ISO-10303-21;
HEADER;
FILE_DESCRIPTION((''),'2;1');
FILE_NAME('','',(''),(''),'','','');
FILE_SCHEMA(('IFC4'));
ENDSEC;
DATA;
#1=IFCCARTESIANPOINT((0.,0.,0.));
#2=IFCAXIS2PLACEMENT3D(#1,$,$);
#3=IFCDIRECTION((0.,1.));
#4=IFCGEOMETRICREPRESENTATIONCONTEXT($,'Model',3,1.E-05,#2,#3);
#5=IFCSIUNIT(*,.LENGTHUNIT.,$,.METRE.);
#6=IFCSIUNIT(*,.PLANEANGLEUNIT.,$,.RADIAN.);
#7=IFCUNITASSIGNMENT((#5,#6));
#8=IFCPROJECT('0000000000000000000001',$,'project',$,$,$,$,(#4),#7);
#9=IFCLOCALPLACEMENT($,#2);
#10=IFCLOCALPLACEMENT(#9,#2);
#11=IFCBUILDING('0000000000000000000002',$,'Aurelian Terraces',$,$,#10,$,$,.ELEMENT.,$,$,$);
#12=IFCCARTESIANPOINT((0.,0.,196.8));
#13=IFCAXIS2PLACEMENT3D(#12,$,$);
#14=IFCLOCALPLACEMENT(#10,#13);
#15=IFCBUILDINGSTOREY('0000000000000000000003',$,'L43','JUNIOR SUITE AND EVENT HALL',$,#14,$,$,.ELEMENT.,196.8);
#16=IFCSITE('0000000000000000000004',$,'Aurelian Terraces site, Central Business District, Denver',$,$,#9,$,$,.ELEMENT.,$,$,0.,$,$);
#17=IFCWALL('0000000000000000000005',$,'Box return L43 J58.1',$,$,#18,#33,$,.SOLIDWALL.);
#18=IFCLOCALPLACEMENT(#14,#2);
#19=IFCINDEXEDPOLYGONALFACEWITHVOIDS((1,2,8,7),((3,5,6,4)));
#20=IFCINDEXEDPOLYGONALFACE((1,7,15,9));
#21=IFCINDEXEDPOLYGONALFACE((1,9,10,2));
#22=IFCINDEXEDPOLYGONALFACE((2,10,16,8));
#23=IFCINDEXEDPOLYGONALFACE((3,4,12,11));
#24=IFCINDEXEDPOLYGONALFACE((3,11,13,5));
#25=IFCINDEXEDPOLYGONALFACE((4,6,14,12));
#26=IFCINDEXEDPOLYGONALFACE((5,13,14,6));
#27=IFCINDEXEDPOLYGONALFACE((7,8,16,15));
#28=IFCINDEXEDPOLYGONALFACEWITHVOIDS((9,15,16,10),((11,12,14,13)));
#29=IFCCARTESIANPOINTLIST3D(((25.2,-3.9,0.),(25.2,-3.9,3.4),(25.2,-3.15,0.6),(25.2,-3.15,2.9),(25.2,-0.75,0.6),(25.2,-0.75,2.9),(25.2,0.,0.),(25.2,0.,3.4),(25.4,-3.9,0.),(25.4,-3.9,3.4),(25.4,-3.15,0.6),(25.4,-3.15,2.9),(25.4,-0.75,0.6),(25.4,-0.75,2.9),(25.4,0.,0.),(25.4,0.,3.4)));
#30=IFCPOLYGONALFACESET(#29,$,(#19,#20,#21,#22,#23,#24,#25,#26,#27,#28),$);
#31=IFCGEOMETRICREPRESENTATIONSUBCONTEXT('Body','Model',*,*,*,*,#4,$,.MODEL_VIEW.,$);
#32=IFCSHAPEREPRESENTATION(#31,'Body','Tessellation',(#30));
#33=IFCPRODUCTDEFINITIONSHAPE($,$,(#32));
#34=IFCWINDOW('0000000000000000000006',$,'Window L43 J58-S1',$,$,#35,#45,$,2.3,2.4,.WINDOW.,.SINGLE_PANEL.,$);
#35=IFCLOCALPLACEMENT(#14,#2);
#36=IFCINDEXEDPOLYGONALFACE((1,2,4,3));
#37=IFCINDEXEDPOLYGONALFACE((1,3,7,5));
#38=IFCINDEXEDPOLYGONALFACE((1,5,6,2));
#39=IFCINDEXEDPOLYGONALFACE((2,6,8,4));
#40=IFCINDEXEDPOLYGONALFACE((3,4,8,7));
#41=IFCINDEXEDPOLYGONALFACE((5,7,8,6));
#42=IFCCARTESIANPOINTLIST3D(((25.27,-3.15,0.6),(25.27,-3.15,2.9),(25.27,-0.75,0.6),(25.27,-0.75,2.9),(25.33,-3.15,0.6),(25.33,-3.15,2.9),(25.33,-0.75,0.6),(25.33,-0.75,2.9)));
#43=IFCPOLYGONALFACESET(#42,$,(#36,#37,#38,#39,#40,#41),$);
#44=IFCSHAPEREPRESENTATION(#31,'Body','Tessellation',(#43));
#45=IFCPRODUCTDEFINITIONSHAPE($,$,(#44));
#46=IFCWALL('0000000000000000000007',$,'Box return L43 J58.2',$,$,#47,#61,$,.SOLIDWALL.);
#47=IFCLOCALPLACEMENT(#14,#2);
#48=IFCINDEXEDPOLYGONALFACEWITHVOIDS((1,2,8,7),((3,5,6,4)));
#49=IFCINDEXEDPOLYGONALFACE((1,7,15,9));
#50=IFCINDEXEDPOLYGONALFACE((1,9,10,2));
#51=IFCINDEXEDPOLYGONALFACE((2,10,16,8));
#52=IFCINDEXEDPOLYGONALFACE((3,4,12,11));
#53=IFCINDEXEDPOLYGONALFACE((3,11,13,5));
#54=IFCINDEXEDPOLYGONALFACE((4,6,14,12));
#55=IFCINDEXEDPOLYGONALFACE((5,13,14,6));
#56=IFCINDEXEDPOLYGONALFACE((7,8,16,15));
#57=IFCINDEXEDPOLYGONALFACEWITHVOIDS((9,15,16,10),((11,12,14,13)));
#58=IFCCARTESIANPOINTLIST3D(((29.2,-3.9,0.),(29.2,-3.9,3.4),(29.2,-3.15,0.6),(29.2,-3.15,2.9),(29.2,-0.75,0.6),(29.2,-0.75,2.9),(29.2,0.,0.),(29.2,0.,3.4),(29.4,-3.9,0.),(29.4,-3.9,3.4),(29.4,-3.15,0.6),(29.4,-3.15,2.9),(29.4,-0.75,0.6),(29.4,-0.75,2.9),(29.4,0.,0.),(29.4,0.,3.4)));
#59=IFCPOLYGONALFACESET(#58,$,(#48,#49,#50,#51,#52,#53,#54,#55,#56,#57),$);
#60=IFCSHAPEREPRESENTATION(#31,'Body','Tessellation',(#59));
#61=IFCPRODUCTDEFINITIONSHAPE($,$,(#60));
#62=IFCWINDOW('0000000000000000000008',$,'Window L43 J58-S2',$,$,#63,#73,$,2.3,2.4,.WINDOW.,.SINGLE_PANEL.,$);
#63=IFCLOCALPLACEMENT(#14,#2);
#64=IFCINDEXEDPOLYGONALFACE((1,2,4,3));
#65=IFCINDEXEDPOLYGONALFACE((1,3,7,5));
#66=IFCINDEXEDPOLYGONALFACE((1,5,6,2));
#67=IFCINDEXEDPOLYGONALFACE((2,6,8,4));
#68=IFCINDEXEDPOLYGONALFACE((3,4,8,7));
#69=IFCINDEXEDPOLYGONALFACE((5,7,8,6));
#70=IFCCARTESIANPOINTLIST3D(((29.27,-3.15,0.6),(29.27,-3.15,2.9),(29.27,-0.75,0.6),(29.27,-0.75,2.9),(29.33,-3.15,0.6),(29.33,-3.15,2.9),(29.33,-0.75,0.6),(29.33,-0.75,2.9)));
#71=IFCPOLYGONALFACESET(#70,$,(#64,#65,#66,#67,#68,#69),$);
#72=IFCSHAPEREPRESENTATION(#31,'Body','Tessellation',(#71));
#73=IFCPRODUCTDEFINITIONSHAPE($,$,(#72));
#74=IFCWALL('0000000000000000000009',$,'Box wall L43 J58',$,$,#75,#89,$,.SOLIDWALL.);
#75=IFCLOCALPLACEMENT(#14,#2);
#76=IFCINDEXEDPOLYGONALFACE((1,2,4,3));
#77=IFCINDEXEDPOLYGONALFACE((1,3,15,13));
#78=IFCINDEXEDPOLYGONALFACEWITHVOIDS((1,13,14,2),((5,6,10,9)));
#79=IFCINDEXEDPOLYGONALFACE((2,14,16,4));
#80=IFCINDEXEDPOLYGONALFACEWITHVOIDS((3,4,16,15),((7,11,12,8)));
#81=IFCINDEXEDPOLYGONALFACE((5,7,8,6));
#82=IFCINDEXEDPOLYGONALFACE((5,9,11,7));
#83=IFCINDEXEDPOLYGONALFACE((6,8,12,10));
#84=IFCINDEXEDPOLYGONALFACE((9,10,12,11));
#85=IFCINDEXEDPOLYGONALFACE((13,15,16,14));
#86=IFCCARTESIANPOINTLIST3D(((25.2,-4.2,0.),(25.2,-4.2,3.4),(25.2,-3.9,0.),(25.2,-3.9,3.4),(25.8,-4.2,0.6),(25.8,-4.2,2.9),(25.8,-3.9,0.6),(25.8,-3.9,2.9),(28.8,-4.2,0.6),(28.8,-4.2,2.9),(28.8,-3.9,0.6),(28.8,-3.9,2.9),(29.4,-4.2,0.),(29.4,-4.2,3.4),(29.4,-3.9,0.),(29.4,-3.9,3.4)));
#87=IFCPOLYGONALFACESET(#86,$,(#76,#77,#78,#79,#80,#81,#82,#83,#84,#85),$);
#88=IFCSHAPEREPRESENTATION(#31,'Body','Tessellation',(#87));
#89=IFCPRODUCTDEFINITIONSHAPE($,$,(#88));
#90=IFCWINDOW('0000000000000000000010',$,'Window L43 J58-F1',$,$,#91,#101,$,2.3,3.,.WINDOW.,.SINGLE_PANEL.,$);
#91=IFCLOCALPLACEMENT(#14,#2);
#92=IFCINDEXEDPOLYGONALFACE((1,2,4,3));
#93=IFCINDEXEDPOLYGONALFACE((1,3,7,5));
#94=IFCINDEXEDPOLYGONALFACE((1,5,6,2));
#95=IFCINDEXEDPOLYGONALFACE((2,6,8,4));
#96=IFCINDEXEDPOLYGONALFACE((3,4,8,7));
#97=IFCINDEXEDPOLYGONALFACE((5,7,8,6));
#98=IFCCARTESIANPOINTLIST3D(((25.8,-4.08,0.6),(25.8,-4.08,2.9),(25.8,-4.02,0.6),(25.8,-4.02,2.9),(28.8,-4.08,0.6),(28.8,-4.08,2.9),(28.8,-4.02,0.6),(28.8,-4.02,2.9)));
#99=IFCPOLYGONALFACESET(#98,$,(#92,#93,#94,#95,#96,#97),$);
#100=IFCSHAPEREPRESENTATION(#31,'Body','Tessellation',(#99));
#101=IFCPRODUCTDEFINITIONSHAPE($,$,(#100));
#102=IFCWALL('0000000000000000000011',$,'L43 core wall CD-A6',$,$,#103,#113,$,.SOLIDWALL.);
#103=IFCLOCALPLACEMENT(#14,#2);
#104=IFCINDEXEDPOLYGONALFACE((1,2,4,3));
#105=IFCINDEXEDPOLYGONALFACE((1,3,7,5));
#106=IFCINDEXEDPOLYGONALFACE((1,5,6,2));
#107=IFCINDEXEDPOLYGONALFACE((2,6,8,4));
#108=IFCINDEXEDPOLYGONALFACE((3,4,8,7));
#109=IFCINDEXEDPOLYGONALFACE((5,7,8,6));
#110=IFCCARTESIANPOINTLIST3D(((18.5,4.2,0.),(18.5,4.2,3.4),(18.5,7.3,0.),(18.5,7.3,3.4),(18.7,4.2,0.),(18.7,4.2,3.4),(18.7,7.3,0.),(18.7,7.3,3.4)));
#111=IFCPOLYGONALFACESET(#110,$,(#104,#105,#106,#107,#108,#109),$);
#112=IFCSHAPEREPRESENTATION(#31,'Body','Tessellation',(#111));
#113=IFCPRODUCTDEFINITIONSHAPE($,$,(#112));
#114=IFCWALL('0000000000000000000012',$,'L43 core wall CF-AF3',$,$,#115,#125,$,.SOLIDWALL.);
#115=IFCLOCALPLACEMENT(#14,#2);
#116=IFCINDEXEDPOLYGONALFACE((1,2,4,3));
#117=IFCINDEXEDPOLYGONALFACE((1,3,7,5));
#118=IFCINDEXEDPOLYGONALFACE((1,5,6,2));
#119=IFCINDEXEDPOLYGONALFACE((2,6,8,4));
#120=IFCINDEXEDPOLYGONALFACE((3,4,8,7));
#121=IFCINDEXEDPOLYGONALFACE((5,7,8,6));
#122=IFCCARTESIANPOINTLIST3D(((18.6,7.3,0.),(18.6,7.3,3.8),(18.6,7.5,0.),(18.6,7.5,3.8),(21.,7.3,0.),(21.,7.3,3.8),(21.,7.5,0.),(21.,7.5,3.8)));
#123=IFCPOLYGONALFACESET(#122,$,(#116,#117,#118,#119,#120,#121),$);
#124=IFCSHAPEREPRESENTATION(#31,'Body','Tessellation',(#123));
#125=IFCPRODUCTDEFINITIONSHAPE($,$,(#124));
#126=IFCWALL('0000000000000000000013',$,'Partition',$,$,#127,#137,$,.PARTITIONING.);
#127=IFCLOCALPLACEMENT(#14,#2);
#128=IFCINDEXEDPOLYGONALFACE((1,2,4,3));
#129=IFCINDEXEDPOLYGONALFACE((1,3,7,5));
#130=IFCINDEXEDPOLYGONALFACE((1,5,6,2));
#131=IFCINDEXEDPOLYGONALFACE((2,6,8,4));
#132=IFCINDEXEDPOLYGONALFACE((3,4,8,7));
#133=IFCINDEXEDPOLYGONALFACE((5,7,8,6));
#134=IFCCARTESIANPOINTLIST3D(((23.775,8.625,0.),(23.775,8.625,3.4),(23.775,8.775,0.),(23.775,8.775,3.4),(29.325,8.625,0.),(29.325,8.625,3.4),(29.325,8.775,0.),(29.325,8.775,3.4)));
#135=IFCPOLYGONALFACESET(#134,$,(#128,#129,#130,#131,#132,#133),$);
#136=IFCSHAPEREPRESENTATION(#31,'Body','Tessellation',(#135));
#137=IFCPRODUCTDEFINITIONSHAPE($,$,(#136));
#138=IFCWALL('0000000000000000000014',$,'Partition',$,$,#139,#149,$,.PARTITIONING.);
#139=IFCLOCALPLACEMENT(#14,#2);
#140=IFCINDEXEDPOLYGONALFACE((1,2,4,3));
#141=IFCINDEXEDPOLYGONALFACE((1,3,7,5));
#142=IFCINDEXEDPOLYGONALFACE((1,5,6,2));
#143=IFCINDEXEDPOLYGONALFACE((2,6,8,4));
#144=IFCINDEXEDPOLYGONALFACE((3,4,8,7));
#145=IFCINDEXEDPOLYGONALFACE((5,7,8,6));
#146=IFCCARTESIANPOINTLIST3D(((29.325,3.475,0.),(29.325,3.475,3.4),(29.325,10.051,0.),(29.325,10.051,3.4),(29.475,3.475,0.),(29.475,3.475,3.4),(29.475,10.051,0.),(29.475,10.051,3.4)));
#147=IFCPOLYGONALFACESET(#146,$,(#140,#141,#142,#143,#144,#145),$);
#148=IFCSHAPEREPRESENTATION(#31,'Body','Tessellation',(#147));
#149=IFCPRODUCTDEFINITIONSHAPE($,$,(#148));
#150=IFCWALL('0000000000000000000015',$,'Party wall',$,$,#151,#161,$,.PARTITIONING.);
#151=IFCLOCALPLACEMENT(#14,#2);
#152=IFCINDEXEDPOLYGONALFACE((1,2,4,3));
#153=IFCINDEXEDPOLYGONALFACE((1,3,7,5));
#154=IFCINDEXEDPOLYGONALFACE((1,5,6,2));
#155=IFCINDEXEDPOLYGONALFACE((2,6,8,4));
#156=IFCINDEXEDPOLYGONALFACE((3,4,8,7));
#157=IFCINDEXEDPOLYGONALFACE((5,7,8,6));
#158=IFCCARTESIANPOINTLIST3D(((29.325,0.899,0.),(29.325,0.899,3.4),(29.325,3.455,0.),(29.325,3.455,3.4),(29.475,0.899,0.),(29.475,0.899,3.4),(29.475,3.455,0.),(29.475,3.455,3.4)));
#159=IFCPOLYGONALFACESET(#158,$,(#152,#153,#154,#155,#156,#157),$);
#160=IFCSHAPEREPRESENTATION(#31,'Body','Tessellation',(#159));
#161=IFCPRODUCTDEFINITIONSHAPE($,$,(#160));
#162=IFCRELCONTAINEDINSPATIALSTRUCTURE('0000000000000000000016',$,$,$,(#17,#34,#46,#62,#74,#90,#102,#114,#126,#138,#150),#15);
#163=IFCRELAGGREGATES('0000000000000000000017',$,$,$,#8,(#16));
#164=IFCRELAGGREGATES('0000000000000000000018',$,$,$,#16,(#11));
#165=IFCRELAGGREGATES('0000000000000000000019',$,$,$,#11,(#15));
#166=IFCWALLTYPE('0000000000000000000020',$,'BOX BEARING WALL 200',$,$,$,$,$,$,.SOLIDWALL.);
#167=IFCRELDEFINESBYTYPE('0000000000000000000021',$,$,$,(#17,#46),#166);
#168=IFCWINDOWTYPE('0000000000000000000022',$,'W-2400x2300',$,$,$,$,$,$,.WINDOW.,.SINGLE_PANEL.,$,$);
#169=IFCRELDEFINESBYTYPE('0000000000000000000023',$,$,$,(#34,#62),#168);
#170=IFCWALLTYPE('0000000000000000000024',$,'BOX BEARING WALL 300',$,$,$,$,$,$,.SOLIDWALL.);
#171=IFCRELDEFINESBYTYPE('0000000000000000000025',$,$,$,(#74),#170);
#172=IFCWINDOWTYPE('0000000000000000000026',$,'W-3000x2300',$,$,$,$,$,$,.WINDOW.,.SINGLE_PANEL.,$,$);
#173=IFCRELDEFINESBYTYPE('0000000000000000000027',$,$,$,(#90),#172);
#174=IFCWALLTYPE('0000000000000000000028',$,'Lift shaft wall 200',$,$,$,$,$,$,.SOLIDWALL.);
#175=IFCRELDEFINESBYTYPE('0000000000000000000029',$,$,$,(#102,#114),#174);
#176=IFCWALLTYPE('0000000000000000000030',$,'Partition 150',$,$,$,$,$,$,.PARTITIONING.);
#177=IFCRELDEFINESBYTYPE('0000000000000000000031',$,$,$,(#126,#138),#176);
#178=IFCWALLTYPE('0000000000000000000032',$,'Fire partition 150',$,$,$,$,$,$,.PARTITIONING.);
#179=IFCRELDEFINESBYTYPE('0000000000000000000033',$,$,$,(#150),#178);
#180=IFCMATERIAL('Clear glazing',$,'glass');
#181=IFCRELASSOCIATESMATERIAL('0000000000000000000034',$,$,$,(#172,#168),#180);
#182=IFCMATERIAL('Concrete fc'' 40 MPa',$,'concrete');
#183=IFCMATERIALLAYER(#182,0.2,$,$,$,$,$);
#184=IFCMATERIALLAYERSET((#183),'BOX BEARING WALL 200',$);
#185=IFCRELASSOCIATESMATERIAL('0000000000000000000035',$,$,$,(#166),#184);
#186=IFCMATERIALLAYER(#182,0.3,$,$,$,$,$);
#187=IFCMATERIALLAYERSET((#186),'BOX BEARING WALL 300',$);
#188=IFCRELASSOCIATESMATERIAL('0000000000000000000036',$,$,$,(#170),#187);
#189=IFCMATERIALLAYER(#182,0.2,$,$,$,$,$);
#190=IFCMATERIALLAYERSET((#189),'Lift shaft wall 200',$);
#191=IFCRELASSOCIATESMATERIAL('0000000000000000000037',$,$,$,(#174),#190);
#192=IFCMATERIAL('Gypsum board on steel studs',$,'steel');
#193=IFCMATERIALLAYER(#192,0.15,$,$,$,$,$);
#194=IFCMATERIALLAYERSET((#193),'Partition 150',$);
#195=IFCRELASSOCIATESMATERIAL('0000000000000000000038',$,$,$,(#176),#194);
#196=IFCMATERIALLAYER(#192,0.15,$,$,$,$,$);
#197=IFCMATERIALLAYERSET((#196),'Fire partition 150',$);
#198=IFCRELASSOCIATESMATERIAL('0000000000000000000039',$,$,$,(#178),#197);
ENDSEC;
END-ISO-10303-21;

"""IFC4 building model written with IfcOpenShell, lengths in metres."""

from ifc_helpers import new_model, si_unit, direction, frame, frame_2d, origin, place, context, subcontext, project, spatial, rectangle, extrude, source, transform, mapped, material, layer, layer_set, type_object, element, fill, save


model = new_model("IFC4")

# Units and contexts
model_context = context("Model", 3, precision=1e-05, world=origin(), true_north=direction((0.0, 1.0)))
body_context = subcontext(model_context, "Body", "Model", "MODEL_VIEW")
ifc_project = project(units=[si_unit("LENGTHUNIT", "METRE"), si_unit("PLANEANGLEUNIT", "RADIAN")], contexts=[model_context])

# Site, building, storey
site_placement = place(None, origin())
site = spatial("IfcSite", under=ifc_project, at=site_placement, Name="Aurelian Terraces site, Central Business District, Denver", CompositionType="ELEMENT", RefElevation=0.0)
building_placement = place(site_placement, origin())
building = spatial("IfcBuilding", under=site, at=building_placement, Name="Aurelian Terraces", CompositionType="ELEMENT")
storey_placement = place(building_placement, frame((0.0, 0.0, 196.8)))
storey = spatial("IfcBuildingStorey", under=building, at=storey_placement, Name="L43", Description="JUNIOR SUITE AND EVENT HALL", CompositionType="ELEMENT", Elevation=196.8)

# Shared definitions
shared_shape_1 = source(origin(), body_context, "Body", "SweptSolid", [
    extrude(rectangle(XDim=3.0, YDim=2.3, at=frame_2d((1.5, 1.15))), frame((0.0, 0.16, 0.0), z_axis=(0.0, -1.0, 0.0), x_axis=(1.0, 0.0, 0.0)), (0.0, 0.0, 1.0), 0.32),
])
ifc_material_1 = material(Name="Clear glazing", Category="glass")
window_type_1 = type_object("IfcWindowType", Name="W-3000x2300", PartitioningType="SINGLE_PANEL", PredefinedType="WINDOW", material=ifc_material_1)
shared_shape_2 = source(origin(), body_context, "Body", "SweptSolid", [
    extrude(rectangle(XDim=3.0, YDim=2.3, at=frame_2d((1.5, 1.15))), frame((0.0, 0.03, 0.0), z_axis=(0.0, -1.0, 0.0), x_axis=(1.0, 0.0, 0.0)), (0.0, 0.0, 1.0), 0.06),
])

# Walls, openings, windows
ifc_material_2 = material(Name="Concrete fc' 40 MPa", Category="concrete")
ifc_layer_1 = layer(ifc_material_2, 0.2)
ifc_layer_set_1 = layer_set([ifc_layer_1], Name="BOX BEARING WALL 200")
wall_type_1 = type_object("IfcWallType", Name="BOX BEARING WALL 200", PredefinedType="SOLIDWALL", material=ifc_layer_set_1)
shared_shape_3 = source(origin(), body_context, "Body", "SweptSolid", [
    extrude(rectangle(XDim=3.9, YDim=0.2, at=frame_2d((1.95, 0.0))), origin(), (0.0, 0.0, 1.0), 3.4),
])
wall_1_placement = place(storey_placement, frame((25.3, 0.0, 0.0), z_axis=(0.0, 0.0, 1.0), x_axis=(0.0, -1.0, 0.0)))
wall_1 = element("IfcWall", 1, at=wall_1_placement, inside=storey, type_object=wall_type_1, Name="Box return L43 J58.1", PredefinedType="SOLIDWALL", context=body_context, shape_type="MappedRepresentation", body=[
    mapped(shared_shape_3, transform((0.0, 0.0, 0.0), scale=1.0)),
])
shared_shape_4 = source(origin(), body_context, "Body", "SweptSolid", [
    extrude(rectangle(XDim=2.4, YDim=2.3, at=frame_2d((1.2, 1.15))), frame((0.0, 0.11, 0.0), z_axis=(0.0, -1.0, 0.0), x_axis=(1.0, 0.0, 0.0)), (0.0, 0.0, 1.0), 0.22),
])
opening_1_placement = place(wall_1_placement, frame((0.75, 0.0, 0.6)))
opening_1 = element("IfcOpeningElement", 2, at=opening_1_placement, cuts=wall_1, PredefinedType="OPENING", context=body_context, shape_type="MappedRepresentation", body=[
    mapped(shared_shape_4, transform((0.0, 0.0, 0.0), scale=1.0)),
])
window_type_2 = type_object("IfcWindowType", Name="W-2400x2300", PartitioningType="SINGLE_PANEL", PredefinedType="WINDOW", material=ifc_material_1)
shared_shape_5 = source(origin(), body_context, "Body", "SweptSolid", [
    extrude(rectangle(XDim=2.4, YDim=2.3, at=frame_2d((1.2, 1.15))), frame((0.0, 0.03, 0.0), z_axis=(0.0, -1.0, 0.0), x_axis=(1.0, 0.0, 0.0)), (0.0, 0.0, 1.0), 0.06),
])
window_1_placement = place(opening_1_placement, origin())
window_1 = element("IfcWindow", 3, at=window_1_placement, inside=storey, type_object=window_type_2, Name="Window L43 J58-S1", OverallHeight=2.3, OverallWidth=2.4, PartitioningType="SINGLE_PANEL", PredefinedType="WINDOW", context=body_context, shape_type="MappedRepresentation", body=[
    mapped(shared_shape_5, transform((0.0, 0.0, 0.0), scale=1.0)),
])
fill(opening_1, window_1)
wall_2_placement = place(storey_placement, frame((29.3, 0.0, 0.0), z_axis=(0.0, 0.0, 1.0), x_axis=(0.0, -1.0, 0.0)))
wall_2 = element("IfcWall", 4, at=wall_2_placement, inside=storey, type_object=wall_type_1, Name="Box return L43 J58.2", PredefinedType="SOLIDWALL", context=body_context, shape_type="MappedRepresentation", body=[
    mapped(shared_shape_3, transform((0.0, 0.0, 0.0), scale=1.0)),
])
opening_2_placement = place(wall_2_placement, frame((0.75, 0.0, 0.6)))
opening_2 = element("IfcOpeningElement", 5, at=opening_2_placement, cuts=wall_2, PredefinedType="OPENING", context=body_context, shape_type="MappedRepresentation", body=[
    mapped(shared_shape_4, transform((0.0, 0.0, 0.0), scale=1.0)),
])
window_2_placement = place(opening_2_placement, origin())
window_2 = element("IfcWindow", 6, at=window_2_placement, inside=storey, type_object=window_type_2, Name="Window L43 J58-S2", OverallHeight=2.3, OverallWidth=2.4, PartitioningType="SINGLE_PANEL", PredefinedType="WINDOW", context=body_context, shape_type="MappedRepresentation", body=[
    mapped(shared_shape_5, transform((0.0, 0.0, 0.0), scale=1.0)),
])
fill(opening_2, window_2)
ifc_layer_2 = layer(ifc_material_2, 0.3)
ifc_layer_set_2 = layer_set([ifc_layer_2], Name="BOX BEARING WALL 300")
wall_type_2 = type_object("IfcWallType", Name="BOX BEARING WALL 300", PredefinedType="SOLIDWALL", material=ifc_layer_set_2)
shared_shape_6 = source(origin(), body_context, "Body", "SweptSolid", [
    extrude(rectangle(XDim=4.2, YDim=0.3, at=frame_2d((2.1, 0.0))), origin(), (0.0, 0.0, 1.0), 3.4),
])
wall_3_placement = place(storey_placement, frame((25.2, -4.05, 0.0), z_axis=(0.0, 0.0, 1.0), x_axis=(1.0, 0.0, 0.0)))
wall_3 = element("IfcWall", 7, at=wall_3_placement, inside=storey, type_object=wall_type_2, Name="Box wall L43 J58", PredefinedType="SOLIDWALL", context=body_context, shape_type="MappedRepresentation", body=[
    mapped(shared_shape_6, transform((0.0, 0.0, 0.0), scale=1.0)),
])
opening_3_placement = place(wall_3_placement, frame((0.6, 0.0, 0.6)))
opening_3 = element("IfcOpeningElement", 8, at=opening_3_placement, cuts=wall_3, PredefinedType="OPENING", context=body_context, shape_type="MappedRepresentation", body=[
    mapped(shared_shape_1, transform((0.0, 0.0, 0.0), scale=1.0)),
])
window_3_placement = place(opening_3_placement, origin())
window_3 = element("IfcWindow", 9, at=window_3_placement, inside=storey, type_object=window_type_1, Name="Window L43 J58-F1", OverallHeight=2.3, OverallWidth=3.0, PartitioningType="SINGLE_PANEL", PredefinedType="WINDOW", context=body_context, shape_type="MappedRepresentation", body=[
    mapped(shared_shape_2, transform((0.0, 0.0, 0.0), scale=1.0)),
])
fill(opening_3, window_3)

# Walls
ifc_layer_3 = layer(ifc_material_2, 0.2)
ifc_layer_set_3 = layer_set([ifc_layer_3], Name="Lift shaft wall 200")
wall_type_3 = type_object("IfcWallType", Name="Lift shaft wall 200", PredefinedType="SOLIDWALL", material=ifc_layer_set_3)
shared_shape_7 = source(origin(), body_context, "Body", "SweptSolid", [
    extrude(rectangle(XDim=3.1, YDim=0.2, at=frame_2d((1.55, 0.0))), origin(), (0.0, 0.0, 1.0), 3.4),
])
wall_4_placement = place(storey_placement, frame((18.6, 4.2, 0.0), z_axis=(0.0, 0.0, 1.0), x_axis=(0.0, 1.0, 0.0)))
element("IfcWall", 10, at=wall_4_placement, inside=storey, type_object=wall_type_3, Name="L43 core wall CD-A6", PredefinedType="SOLIDWALL", context=body_context, shape_type="MappedRepresentation", body=[
    mapped(shared_shape_7, transform((0.0, 0.0, 0.0), scale=1.0)),
])
shared_shape_8 = source(origin(), body_context, "Body", "SweptSolid", [
    extrude(rectangle(XDim=2.4, YDim=0.2, at=frame_2d((1.2, 0.0))), origin(), (0.0, 0.0, 1.0), 3.8),
])
wall_5_placement = place(storey_placement, frame((18.6, 7.4, 0.0), z_axis=(0.0, 0.0, 1.0), x_axis=(1.0, 0.0, 0.0)))
element("IfcWall", 11, at=wall_5_placement, inside=storey, type_object=wall_type_3, Name="L43 core wall CF-AF3", PredefinedType="SOLIDWALL", context=body_context, shape_type="MappedRepresentation", body=[
    mapped(shared_shape_8, transform((0.0, 0.0, 0.0), scale=1.0)),
])
ifc_material_3 = material(Name="Gypsum board on steel studs", Category="steel")
ifc_layer_4 = layer(ifc_material_3, 0.15)
ifc_layer_set_4 = layer_set([ifc_layer_4], Name="Partition 150")
wall_type_4 = type_object("IfcWallType", Name="Partition 150", PredefinedType="PARTITIONING", material=ifc_layer_set_4)
shared_shape_9 = source(origin(), body_context, "Body", "SweptSolid", [
    extrude(rectangle(XDim=5.55, YDim=0.15, at=frame_2d((2.775, 0.0))), origin(), (0.0, 0.0, 1.0), 3.4),
])
wall_6_placement = place(storey_placement, frame((29.325, 8.7, 0.0), z_axis=(0.0, 0.0, 1.0), x_axis=(-1.0, 0.0, 0.0)))
element("IfcWall", 12, at=wall_6_placement, inside=storey, type_object=wall_type_4, Name="Partition", PredefinedType="PARTITIONING", context=body_context, shape_type="MappedRepresentation", body=[
    mapped(shared_shape_9, transform((0.0, 0.0, 0.0), scale=1.0)),
])
shared_shape_10 = source(origin(), body_context, "Body", "SweptSolid", [
    extrude(rectangle(XDim=6.576, YDim=0.15, at=frame_2d((3.288, 0.0))), origin(), (0.0, 0.0, 1.0), 3.4),
])
wall_7_placement = place(storey_placement, frame((29.4, 3.475, 0.0), z_axis=(0.0, 0.0, 1.0), x_axis=(0.0, 1.0, 0.0)))
element("IfcWall", 13, at=wall_7_placement, inside=storey, type_object=wall_type_4, Name="Partition", PredefinedType="PARTITIONING", context=body_context, shape_type="MappedRepresentation", body=[
    mapped(shared_shape_10, transform((0.0, 0.0, 0.0), scale=1.0)),
])
ifc_layer_5 = layer(ifc_material_3, 0.15)
ifc_layer_set_5 = layer_set([ifc_layer_5], Name="Fire partition 150")
wall_type_5 = type_object("IfcWallType", Name="Fire partition 150", PredefinedType="PARTITIONING", material=ifc_layer_set_5)
shared_shape_11 = source(origin(), body_context, "Body", "SweptSolid", [
    extrude(rectangle(XDim=2.556, YDim=0.15, at=frame_2d((1.278, 0.0))), origin(), (0.0, 0.0, 1.0), 3.4),
])
wall_8_placement = place(storey_placement, frame((29.4, 0.899, 0.0), z_axis=(0.0, 0.0, 1.0), x_axis=(0.0, 1.0, 0.0)))
element("IfcWall", 14, at=wall_8_placement, inside=storey, type_object=wall_type_5, Name="Party wall", PredefinedType="PARTITIONING", context=body_context, shape_type="MappedRepresentation", body=[
    mapped(shared_shape_11, transform((0.0, 0.0, 0.0), scale=1.0)),
])

save(model, "model.ifc")
